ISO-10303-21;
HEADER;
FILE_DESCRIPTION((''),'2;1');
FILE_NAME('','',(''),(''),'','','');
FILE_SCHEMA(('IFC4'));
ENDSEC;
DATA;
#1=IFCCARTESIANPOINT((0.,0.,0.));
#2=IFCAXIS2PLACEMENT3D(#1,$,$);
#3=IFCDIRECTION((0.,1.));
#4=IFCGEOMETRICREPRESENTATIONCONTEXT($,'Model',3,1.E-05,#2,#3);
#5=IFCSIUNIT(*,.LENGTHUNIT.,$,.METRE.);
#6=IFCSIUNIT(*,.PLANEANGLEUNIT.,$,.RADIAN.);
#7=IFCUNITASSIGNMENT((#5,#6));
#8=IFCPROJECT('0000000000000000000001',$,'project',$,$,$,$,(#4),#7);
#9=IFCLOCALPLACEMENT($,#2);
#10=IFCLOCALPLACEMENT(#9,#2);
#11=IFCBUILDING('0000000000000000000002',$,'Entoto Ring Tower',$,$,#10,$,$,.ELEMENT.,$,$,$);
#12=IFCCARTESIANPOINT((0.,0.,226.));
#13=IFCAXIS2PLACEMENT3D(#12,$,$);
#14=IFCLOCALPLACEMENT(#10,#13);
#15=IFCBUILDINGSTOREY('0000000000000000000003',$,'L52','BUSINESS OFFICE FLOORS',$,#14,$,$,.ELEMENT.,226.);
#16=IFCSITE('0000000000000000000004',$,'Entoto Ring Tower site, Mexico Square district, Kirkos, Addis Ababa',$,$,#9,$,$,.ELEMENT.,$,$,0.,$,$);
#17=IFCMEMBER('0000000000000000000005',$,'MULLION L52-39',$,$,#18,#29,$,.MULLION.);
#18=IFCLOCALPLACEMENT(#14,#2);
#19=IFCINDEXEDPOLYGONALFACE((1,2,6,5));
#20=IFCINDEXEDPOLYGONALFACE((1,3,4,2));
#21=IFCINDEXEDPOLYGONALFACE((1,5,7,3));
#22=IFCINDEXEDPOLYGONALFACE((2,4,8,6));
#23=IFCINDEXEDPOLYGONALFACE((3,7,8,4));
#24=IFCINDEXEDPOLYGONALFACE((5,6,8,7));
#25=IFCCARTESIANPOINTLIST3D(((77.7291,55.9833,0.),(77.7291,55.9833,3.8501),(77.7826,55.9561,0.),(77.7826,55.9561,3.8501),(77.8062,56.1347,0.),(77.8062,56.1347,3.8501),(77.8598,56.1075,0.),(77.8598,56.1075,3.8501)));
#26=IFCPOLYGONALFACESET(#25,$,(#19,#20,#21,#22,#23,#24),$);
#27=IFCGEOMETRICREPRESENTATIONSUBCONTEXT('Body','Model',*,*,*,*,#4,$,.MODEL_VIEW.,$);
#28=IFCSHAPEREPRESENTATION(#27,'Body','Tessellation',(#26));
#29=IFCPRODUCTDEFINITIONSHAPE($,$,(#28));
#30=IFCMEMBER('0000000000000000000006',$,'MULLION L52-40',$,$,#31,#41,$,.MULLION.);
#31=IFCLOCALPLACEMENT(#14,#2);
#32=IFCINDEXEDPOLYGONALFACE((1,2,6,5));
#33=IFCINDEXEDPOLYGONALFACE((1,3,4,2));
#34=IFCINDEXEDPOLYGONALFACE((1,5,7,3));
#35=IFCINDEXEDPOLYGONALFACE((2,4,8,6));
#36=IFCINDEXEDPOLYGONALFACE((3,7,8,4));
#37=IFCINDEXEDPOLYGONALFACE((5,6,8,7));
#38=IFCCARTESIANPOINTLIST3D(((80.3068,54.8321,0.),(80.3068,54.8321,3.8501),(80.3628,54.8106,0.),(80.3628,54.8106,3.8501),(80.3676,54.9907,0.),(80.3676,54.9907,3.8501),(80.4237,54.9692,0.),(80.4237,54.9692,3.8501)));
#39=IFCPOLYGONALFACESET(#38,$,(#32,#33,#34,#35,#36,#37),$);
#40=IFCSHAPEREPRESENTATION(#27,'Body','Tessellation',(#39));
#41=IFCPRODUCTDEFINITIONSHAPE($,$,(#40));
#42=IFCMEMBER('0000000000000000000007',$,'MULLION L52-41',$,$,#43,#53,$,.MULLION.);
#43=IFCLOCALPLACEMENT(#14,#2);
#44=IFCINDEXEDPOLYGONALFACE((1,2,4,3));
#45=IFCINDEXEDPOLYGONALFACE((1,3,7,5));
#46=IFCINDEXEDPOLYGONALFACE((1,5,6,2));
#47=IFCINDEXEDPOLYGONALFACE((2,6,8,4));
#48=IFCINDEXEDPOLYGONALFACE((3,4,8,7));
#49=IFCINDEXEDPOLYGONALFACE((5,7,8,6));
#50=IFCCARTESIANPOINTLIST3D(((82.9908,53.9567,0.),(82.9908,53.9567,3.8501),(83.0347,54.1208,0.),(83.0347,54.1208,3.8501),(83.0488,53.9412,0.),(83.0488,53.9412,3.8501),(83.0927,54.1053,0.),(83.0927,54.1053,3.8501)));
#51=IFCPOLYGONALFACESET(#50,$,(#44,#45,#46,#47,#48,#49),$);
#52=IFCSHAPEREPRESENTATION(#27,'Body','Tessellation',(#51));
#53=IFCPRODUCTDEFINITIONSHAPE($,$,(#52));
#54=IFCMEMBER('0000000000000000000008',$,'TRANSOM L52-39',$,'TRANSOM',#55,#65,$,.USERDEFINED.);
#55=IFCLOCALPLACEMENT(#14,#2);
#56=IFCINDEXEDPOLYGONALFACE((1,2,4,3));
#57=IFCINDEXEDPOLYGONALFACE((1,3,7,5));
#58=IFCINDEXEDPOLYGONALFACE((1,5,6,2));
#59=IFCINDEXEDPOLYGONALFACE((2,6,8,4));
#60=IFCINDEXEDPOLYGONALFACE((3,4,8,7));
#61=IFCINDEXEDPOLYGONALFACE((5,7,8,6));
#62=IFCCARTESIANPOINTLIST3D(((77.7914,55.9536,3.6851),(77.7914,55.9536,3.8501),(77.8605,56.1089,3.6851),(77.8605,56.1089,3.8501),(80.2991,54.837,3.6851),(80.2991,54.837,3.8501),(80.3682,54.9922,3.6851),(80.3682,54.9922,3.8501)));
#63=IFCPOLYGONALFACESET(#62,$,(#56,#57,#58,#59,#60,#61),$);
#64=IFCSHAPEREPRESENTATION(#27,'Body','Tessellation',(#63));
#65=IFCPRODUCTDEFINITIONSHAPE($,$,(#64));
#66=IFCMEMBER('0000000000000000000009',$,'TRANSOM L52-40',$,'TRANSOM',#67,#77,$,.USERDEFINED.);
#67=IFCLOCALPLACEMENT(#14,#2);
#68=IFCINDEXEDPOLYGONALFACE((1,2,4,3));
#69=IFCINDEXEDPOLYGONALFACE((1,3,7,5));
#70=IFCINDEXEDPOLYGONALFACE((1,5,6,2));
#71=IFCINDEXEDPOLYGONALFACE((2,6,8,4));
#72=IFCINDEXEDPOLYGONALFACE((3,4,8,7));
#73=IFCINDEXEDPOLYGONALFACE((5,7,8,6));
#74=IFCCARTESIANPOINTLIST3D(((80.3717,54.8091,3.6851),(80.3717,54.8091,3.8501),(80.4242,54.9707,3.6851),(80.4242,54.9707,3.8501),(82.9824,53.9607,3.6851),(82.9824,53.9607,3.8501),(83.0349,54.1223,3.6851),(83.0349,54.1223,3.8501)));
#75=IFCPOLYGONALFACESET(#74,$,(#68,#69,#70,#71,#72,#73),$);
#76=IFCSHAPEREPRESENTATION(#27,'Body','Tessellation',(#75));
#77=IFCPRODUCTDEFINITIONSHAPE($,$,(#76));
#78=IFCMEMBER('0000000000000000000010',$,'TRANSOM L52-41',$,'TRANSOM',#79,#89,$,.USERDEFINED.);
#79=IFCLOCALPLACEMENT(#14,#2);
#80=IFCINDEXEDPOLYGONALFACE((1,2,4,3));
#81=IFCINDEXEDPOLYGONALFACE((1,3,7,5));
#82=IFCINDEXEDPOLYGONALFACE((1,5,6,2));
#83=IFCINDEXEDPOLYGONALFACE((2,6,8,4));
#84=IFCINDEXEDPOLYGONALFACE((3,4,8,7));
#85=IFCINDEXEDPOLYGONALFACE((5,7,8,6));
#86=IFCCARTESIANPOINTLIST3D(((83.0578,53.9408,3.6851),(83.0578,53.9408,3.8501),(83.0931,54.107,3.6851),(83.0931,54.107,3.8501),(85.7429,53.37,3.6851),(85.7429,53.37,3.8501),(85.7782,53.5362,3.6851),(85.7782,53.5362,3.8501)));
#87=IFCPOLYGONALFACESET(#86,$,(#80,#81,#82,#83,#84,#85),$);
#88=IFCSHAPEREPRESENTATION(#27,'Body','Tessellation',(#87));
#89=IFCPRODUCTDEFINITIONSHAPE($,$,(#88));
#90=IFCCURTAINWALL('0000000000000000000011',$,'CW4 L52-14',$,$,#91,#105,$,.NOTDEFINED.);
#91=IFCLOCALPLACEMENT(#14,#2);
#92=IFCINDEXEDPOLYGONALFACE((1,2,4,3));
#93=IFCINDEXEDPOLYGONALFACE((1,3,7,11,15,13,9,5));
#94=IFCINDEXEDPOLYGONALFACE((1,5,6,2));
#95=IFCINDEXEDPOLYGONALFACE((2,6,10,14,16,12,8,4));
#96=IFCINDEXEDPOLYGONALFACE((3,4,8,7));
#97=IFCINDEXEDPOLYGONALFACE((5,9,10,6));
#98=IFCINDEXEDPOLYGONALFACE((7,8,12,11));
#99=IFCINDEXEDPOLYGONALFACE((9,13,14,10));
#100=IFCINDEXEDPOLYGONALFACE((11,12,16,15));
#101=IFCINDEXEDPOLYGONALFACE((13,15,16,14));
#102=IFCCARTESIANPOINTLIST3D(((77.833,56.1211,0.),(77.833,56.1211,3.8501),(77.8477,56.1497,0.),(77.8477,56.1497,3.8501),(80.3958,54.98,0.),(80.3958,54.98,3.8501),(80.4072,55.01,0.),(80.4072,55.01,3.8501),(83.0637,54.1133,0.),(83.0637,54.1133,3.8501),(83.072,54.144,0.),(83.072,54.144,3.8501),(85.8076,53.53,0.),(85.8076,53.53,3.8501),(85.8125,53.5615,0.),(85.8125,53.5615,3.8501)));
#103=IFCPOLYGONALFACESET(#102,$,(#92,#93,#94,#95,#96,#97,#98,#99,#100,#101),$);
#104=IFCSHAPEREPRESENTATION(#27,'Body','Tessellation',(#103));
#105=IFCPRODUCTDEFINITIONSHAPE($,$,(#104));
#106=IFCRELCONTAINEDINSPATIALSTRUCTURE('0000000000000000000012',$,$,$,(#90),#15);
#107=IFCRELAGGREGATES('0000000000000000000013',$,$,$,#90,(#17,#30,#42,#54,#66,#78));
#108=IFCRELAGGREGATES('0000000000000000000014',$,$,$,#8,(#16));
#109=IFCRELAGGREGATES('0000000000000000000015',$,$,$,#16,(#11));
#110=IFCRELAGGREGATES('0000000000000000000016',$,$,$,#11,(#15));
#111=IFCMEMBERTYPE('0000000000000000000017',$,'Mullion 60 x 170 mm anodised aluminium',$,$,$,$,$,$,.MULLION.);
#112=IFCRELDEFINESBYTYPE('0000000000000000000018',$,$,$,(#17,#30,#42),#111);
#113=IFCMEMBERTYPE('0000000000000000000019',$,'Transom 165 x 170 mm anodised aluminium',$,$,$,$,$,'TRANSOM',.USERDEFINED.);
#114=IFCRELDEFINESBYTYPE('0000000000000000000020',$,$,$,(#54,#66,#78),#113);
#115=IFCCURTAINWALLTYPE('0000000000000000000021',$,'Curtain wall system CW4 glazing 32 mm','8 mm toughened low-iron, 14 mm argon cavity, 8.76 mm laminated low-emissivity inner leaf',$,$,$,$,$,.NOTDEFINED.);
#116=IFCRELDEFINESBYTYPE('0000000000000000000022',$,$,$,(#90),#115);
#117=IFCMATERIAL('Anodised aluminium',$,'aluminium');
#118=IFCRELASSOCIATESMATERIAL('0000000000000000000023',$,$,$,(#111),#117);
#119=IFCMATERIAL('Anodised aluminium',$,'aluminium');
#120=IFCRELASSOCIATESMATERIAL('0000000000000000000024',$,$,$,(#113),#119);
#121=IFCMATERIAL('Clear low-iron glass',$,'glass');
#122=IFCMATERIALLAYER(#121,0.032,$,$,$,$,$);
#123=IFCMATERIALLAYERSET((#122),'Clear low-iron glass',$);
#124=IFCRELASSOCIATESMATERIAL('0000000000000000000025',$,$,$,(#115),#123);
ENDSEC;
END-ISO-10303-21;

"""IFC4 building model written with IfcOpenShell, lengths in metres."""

from ifc_helpers import new_model, si_unit, direction, frame, origin, origin_2d, place, context, subcontext, project, spatial, polyline, rectangle, outline, extrude, material, layer, layer_set, material_profile, profile_set, type_object, element, aggregate, save


model = new_model("IFC4")

# Units and contexts
model_context = context("Model", 3, precision=1e-05, world=origin(), true_north=direction((0.0, 1.0)))
body_context = subcontext(model_context, "Body", "Model", "MODEL_VIEW")
ifc_project = project(units=[si_unit("LENGTHUNIT", "METRE"), si_unit("PLANEANGLEUNIT", "RADIAN")], contexts=[model_context])

# Members
ifc_material_1 = material(Name="Anodised aluminium", Category="aluminium")
ifc_material_profile_1 = material_profile(ifc_material_1, rectangle(XDim=0.0601, YDim=0.1699, at=origin_2d()), Name="Mullion 60 x 170 mm anodised aluminium")
ifc_profile_set_1 = profile_set([ifc_material_profile_1], Name="Anodised aluminium")
member_type_1 = type_object("IfcMemberType", Name="Mullion 60 x 170 mm anodised aluminium", PredefinedType="MULLION", material=ifc_profile_set_1)
site_placement = place(None, origin())
building_placement = place(site_placement, origin())
storey_placement = place(building_placement, frame((0.0, 0.0, 226.0)))
member_1_placement = place(storey_placement, frame((77.7944, 56.0454, 0.0), z_axis=(0.0, 0.0, 1.0), x_axis=(0.891007, -0.45399, 0.0)))
member_1 = element("IfcMember", 1, at=member_1_placement, type_object=member_type_1, Name="MULLION L52-39", PredefinedType="MULLION", context=body_context, shape_type="SweptSolid", body=[
    extrude(rectangle(XDim=0.0601, YDim=0.1699, at=origin_2d()), origin(), (0.0, 0.0, 1.0), 3.8501),
])
member_2_placement = place(storey_placement, frame((80.3652, 54.9006, 0.0), z_axis=(0.0, 0.0, 1.0), x_axis=(0.93358, -0.358368, 0.0)))
member_2 = element("IfcMember", 2, at=member_2_placement, type_object=member_type_1, Name="MULLION L52-40", PredefinedType="MULLION", context=body_context, shape_type="SweptSolid", body=[
    extrude(rectangle(XDim=0.0601, YDim=0.1699, at=origin_2d()), origin(), (0.0, 0.0, 1.0), 3.8501),
])
member_3_placement = place(storey_placement, frame((83.0417, 54.031, 0.0), z_axis=(0.0, 0.0, 1.0), x_axis=(0.965926, -0.258819, 0.0)))
member_3 = element("IfcMember", 3, at=member_3_placement, type_object=member_type_1, Name="MULLION L52-41", PredefinedType="MULLION", context=body_context, shape_type="SweptSolid", body=[
    extrude(rectangle(XDim=0.0601, YDim=0.1699, at=origin_2d()), origin(), (0.0, 0.0, 1.0), 3.8501),
])
ifc_material_2 = material(Name="Anodised aluminium", Category="aluminium")
ifc_material_profile_2 = material_profile(ifc_material_2, rectangle(XDim=0.1699, YDim=0.165, at=origin_2d()), Name="Transom 165 x 170 mm anodised aluminium")
ifc_profile_set_2 = profile_set([ifc_material_profile_2], Name="Anodised aluminium")
member_type_2 = type_object("IfcMemberType", Name="Transom 165 x 170 mm anodised aluminium", ElementType="TRANSOM", PredefinedType="USERDEFINED", material=ifc_profile_set_2)
member_4_placement = place(storey_placement, frame((77.8259, 56.0312, 3.7676), z_axis=(0.913525, -0.406782, 0.0), x_axis=(0.406782, 0.913525, 0.0)))
member_4 = element("IfcMember", 4, at=member_4_placement, type_object=member_type_2, Name="TRANSOM L52-39", ObjectType="TRANSOM", PredefinedType="USERDEFINED", context=body_context, shape_type="SweptSolid", body=[
    extrude(rectangle(XDim=0.1699, YDim=0.165, at=origin_2d()), origin(), (0.0, 0.0, 1.0), 2.7451),
])
member_5_placement = place(storey_placement, frame((80.3979, 54.8899, 3.7676), z_axis=(0.951048, -0.309042, 0.0), x_axis=(0.309042, 0.951048, 0.0)))
member_5 = element("IfcMember", 5, at=member_5_placement, type_object=member_type_2, Name="TRANSOM L52-40", ObjectType="TRANSOM", PredefinedType="USERDEFINED", context=body_context, shape_type="SweptSolid", body=[
    extrude(rectangle(XDim=0.1699, YDim=0.165, at=origin_2d()), origin(), (0.0, 0.0, 1.0), 2.7451),
])
member_6_placement = place(storey_placement, frame((83.0754, 54.0239, 3.7676), z_axis=(0.978142, -0.207937, 0.0), x_axis=(0.207937, 0.978142, 0.0)))
member_6 = element("IfcMember", 6, at=member_6_placement, type_object=member_type_2, Name="TRANSOM L52-41", ObjectType="TRANSOM", PredefinedType="USERDEFINED", context=body_context, shape_type="SweptSolid", body=[
    extrude(rectangle(XDim=0.1699, YDim=0.165, at=origin_2d()), origin(), (0.0, 0.0, 1.0), 2.7451),
])

# Site, building, storey
site = spatial("IfcSite", under=ifc_project, at=site_placement, Name="Entoto Ring Tower site, Mexico Square district, Kirkos, Addis Ababa", CompositionType="ELEMENT", RefElevation=0.0)
building = spatial("IfcBuilding", under=site, at=building_placement, Name="Entoto Ring Tower", CompositionType="ELEMENT")
storey = spatial("IfcBuildingStorey", under=building, at=storey_placement, Name="L52", Description="BUSINESS OFFICE FLOORS", CompositionType="ELEMENT", Elevation=226.0)

# Curtain wall
ifc_material_3 = material(Name="Clear low-iron glass", Category="glass")
ifc_layer = layer(ifc_material_3, 0.032)
ifc_layer_set = layer_set([ifc_layer], Name="Clear low-iron glass")
curtain_wall_type = type_object("IfcCurtainWallType", Name="Curtain wall system CW4 glazing 32 mm", Description="8 mm toughened low-iron, 14 mm argon cavity, 8.76 mm laminated low-emissivity inner leaf", PredefinedType="NOTDEFINED", material=ifc_layer_set)
curtain_wall_1_placement = place(storey_placement, origin())
curtain_wall_1 = element("IfcCurtainWall", 7, at=curtain_wall_1_placement, inside=storey, type_object=curtain_wall_type, Name="CW4 L52-14", PredefinedType="NOTDEFINED", context=body_context, shape_type="SweptSolid", body=[
    extrude(outline(polyline([(77.833, 56.1211), (80.3958, 54.98), (83.0637, 54.1133), (85.8076, 53.53), (85.8125, 53.5615), (83.072, 54.144), (80.4072, 55.01), (77.8477, 56.1497), (77.833, 56.1211)])), origin(), (0.0, 0.0, 1.0), 3.8501),
])
aggregate(curtain_wall_1, [member_1, member_2, member_3, member_4, member_5, member_6])

save(model, "model.ifc")
